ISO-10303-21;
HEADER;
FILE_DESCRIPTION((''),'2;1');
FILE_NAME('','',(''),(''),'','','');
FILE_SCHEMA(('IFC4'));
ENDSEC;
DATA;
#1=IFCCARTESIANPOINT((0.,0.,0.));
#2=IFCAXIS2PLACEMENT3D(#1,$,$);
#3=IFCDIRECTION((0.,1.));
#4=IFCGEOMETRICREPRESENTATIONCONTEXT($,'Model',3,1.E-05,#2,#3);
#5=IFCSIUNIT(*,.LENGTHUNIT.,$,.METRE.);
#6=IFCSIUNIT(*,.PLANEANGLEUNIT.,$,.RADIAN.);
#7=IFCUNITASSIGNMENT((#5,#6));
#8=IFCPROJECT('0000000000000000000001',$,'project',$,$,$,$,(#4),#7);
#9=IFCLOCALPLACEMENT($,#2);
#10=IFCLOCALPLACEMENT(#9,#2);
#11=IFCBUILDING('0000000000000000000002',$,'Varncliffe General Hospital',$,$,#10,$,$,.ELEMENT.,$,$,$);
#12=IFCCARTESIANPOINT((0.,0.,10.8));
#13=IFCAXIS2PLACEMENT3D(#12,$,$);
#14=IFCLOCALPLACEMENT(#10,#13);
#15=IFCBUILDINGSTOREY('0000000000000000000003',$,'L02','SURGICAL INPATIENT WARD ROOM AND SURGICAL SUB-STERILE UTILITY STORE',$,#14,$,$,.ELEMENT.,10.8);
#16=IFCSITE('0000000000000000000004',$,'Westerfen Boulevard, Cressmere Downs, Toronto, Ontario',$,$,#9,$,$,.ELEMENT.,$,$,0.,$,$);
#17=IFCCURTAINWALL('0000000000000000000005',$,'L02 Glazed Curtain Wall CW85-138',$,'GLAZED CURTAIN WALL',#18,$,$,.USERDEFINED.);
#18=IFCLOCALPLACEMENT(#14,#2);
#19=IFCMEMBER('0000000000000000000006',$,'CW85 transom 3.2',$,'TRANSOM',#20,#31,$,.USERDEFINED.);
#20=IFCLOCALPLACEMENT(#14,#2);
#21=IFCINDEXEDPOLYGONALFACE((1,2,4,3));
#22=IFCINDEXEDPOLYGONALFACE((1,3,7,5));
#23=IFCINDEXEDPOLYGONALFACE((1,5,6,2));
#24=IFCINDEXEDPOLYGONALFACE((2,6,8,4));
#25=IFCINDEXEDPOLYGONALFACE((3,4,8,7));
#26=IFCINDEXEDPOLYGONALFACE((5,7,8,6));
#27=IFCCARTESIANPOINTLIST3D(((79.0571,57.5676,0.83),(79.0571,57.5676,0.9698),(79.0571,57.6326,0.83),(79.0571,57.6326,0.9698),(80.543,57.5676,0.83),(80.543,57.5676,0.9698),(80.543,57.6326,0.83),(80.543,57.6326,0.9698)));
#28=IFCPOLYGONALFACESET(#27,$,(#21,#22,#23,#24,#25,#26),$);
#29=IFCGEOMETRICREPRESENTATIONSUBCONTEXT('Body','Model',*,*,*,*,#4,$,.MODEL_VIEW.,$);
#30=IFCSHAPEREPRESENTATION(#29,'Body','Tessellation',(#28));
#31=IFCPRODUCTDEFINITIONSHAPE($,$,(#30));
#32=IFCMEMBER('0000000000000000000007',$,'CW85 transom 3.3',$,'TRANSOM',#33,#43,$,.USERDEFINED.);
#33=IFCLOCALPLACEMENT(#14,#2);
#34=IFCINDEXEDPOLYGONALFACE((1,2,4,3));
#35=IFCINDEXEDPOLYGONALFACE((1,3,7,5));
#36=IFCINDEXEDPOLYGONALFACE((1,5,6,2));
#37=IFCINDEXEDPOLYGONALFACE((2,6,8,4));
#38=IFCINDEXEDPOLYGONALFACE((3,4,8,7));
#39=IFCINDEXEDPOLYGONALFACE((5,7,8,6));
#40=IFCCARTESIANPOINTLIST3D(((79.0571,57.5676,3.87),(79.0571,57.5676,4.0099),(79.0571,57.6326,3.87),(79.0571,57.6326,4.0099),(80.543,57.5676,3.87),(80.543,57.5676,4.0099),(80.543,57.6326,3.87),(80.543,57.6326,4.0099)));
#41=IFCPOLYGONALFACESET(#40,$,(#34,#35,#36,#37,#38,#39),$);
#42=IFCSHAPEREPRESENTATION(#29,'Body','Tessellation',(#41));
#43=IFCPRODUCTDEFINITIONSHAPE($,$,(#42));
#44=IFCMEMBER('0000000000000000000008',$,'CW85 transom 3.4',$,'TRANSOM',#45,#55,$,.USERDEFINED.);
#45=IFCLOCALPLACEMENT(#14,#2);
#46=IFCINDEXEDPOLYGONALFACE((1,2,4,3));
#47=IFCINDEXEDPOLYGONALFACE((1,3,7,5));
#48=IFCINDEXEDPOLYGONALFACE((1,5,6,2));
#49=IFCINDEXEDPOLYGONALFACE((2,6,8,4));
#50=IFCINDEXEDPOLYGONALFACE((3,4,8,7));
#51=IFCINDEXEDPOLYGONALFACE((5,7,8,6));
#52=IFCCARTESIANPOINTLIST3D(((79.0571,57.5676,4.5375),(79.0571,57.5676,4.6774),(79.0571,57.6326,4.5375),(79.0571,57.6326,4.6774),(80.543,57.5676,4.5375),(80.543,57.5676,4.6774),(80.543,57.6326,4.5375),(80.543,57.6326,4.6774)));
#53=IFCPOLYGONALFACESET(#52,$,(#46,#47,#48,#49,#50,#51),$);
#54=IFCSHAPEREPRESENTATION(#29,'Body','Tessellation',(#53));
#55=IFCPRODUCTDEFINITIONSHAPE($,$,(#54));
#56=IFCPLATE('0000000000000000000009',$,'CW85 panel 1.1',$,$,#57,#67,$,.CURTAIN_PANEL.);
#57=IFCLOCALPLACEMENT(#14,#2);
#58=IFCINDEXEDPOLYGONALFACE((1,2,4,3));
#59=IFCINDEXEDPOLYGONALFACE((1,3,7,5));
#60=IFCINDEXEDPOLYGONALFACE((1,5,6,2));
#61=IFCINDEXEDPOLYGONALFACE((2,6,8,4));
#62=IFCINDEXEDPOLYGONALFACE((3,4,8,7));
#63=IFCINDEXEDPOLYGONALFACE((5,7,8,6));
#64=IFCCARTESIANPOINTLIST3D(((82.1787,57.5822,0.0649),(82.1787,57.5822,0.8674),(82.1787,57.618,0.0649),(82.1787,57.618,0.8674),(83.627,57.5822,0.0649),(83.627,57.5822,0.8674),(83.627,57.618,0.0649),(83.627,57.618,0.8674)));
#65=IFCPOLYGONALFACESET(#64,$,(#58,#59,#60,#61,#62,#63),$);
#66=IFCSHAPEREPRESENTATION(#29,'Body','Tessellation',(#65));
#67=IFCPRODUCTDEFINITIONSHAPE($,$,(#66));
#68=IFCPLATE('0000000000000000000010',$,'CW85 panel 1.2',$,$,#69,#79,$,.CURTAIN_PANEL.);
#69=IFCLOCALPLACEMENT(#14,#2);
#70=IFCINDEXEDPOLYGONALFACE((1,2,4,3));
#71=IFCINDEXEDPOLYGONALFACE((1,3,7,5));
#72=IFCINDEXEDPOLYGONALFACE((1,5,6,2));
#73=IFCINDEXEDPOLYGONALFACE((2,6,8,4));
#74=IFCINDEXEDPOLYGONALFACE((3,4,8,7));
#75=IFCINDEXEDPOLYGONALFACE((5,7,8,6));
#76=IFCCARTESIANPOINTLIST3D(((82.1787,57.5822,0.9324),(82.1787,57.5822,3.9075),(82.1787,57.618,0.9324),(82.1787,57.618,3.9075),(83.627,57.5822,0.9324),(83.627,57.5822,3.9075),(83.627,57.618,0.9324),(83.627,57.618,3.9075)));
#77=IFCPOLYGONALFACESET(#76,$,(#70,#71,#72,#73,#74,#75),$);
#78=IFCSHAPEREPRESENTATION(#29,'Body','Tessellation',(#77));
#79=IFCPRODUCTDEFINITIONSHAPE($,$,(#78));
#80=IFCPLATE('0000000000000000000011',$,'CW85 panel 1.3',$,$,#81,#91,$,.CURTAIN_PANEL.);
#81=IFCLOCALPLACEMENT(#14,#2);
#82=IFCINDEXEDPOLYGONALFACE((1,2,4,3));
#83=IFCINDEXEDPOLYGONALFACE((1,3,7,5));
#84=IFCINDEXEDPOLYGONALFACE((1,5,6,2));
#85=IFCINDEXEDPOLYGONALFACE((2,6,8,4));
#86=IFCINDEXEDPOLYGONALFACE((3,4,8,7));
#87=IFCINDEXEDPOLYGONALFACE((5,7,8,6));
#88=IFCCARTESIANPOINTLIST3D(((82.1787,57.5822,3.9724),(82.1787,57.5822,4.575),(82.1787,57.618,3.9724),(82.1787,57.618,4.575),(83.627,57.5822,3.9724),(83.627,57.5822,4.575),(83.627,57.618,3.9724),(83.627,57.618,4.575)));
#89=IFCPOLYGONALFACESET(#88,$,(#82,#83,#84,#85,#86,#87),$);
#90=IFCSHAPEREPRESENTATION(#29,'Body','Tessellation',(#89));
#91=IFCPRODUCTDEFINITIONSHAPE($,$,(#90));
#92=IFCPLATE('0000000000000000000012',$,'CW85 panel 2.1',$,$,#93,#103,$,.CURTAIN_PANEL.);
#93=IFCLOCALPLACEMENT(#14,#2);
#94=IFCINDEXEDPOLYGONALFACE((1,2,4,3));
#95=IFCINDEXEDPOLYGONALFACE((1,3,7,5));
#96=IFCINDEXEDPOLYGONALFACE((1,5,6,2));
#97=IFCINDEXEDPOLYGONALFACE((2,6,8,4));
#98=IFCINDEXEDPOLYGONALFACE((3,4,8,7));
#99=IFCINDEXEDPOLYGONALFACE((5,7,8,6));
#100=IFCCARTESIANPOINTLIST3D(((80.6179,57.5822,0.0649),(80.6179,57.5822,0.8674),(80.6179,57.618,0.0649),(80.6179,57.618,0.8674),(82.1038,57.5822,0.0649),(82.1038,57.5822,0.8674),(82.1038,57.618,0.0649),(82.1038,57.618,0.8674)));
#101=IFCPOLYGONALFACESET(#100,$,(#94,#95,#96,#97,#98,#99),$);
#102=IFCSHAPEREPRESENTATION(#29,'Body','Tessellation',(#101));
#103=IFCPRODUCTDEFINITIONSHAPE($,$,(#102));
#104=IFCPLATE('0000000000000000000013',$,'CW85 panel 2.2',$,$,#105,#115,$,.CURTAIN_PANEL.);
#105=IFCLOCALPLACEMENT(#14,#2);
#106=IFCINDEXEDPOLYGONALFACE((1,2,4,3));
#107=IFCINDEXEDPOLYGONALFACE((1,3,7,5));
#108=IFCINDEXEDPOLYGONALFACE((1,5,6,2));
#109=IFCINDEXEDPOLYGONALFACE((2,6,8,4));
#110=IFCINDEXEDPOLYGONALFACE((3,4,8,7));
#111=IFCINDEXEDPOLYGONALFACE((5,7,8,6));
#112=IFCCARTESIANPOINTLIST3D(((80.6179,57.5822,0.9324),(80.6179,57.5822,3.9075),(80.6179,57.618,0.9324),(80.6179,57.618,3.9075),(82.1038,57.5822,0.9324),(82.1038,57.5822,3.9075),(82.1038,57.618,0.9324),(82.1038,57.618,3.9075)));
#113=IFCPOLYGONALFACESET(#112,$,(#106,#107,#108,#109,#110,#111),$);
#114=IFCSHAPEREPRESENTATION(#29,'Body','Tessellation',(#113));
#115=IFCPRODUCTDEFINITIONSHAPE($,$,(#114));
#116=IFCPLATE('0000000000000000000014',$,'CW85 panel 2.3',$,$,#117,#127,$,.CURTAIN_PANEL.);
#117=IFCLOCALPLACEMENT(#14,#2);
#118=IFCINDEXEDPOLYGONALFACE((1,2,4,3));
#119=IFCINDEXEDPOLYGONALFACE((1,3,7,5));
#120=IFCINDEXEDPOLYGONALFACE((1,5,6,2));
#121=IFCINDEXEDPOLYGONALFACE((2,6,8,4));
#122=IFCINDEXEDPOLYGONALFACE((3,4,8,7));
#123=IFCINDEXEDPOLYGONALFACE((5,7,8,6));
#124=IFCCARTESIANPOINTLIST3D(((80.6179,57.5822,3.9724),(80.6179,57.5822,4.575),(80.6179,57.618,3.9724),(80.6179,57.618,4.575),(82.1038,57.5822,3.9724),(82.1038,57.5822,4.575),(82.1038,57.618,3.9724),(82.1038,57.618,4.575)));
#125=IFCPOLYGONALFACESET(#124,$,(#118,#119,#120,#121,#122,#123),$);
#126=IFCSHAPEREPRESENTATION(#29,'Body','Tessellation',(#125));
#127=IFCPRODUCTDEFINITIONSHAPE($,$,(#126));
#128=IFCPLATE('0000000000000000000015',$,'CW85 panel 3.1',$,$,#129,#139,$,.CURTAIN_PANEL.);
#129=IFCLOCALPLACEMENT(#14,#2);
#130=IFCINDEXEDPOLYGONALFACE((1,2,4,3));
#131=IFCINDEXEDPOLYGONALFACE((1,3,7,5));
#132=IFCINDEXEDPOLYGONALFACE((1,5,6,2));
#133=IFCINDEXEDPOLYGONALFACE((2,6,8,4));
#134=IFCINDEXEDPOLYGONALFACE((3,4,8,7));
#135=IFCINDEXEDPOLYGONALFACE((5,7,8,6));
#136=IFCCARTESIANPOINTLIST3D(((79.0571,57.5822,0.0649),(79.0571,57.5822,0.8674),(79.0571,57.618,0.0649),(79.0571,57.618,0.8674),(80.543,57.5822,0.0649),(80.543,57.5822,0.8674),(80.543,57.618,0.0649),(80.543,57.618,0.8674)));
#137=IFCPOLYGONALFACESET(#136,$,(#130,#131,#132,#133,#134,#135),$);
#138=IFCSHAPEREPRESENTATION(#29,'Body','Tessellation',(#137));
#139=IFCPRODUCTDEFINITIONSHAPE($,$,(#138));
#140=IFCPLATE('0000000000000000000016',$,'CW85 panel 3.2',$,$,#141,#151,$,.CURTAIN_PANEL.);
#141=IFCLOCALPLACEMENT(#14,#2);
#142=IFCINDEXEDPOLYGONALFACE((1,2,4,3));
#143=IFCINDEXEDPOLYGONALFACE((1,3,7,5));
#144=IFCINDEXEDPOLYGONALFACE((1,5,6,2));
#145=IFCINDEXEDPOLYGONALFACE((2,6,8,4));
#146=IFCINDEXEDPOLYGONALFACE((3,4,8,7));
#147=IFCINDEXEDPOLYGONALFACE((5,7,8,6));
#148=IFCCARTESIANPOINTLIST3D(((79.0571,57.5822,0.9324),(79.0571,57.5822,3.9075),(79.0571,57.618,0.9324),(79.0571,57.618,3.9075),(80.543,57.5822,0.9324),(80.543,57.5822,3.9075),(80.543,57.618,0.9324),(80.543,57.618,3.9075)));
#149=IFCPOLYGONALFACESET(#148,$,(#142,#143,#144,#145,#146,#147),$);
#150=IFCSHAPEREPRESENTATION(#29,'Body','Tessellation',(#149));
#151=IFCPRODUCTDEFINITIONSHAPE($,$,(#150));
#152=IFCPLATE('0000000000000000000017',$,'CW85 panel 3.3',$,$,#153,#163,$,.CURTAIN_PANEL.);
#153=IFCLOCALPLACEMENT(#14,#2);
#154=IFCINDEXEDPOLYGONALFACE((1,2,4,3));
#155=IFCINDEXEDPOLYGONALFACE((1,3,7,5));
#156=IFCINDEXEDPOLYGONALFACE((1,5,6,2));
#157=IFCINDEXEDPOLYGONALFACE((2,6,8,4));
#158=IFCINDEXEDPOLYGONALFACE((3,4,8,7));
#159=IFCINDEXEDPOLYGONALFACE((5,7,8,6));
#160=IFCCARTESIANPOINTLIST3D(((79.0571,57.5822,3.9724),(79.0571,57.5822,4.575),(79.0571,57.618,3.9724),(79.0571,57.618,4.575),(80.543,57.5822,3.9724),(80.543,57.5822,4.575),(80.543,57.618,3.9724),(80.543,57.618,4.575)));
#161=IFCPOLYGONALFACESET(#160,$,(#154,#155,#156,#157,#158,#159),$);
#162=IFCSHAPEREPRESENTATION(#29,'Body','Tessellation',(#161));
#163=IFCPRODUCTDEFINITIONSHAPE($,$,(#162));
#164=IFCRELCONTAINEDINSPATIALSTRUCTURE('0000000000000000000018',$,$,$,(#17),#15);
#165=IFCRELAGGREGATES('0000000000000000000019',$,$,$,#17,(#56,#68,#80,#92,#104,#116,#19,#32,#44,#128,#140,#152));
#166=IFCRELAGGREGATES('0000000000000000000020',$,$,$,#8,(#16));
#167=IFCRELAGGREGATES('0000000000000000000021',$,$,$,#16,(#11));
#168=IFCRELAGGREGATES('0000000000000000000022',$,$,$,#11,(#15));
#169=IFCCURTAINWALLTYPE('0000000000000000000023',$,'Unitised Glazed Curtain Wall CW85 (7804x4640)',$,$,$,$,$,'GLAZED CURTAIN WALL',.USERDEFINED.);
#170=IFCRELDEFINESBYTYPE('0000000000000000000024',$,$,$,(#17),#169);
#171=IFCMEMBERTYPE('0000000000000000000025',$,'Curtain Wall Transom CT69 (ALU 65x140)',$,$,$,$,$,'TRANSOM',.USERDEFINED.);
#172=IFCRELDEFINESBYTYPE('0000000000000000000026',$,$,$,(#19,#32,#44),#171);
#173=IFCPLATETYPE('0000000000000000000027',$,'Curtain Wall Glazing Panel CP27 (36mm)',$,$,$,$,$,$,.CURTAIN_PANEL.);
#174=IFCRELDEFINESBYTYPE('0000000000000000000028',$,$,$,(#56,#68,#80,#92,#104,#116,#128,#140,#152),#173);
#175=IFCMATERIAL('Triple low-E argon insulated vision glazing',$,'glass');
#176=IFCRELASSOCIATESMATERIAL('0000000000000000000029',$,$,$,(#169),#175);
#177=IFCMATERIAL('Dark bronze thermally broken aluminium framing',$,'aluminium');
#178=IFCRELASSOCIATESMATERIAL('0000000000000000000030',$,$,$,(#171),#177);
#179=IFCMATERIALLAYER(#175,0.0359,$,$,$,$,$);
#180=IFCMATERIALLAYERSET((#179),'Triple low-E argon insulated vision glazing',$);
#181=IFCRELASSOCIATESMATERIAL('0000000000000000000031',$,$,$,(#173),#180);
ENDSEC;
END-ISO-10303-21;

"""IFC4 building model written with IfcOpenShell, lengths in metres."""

from ifc_helpers import new_model, si_unit, direction, frame, origin, origin_2d, place, context, subcontext, project, spatial, rectangle, extrude, material, layer, layer_set, material_profile, profile_set, type_object, element, aggregate, save


model = new_model("IFC4")

# Units and contexts
model_context = context("Model", 3, precision=1e-05, world=origin(), true_north=direction((0.0, 1.0)))
body_context = subcontext(model_context, "Body", "Model", "MODEL_VIEW")
ifc_project = project(units=[si_unit("LENGTHUNIT", "METRE"), si_unit("PLANEANGLEUNIT", "RADIAN")], contexts=[model_context])

# Site, building, storey
site_placement = place(None, origin())
site = spatial("IfcSite", under=ifc_project, at=site_placement, Name="Westerfen Boulevard, Cressmere Downs, Toronto, Ontario", CompositionType="ELEMENT", RefElevation=0.0)
building_placement = place(site_placement, origin())
building = spatial("IfcBuilding", under=site, at=building_placement, Name="Varncliffe General Hospital", CompositionType="ELEMENT")
storey_placement = place(building_placement, frame((0.0, 0.0, 10.8)))
storey = spatial("IfcBuildingStorey", under=building, at=storey_placement, Name="L02", Description="SURGICAL INPATIENT WARD ROOM AND SURGICAL SUB-STERILE UTILITY STORE", CompositionType="ELEMENT", Elevation=10.8)

# Curtain wall, members, plates
ifc_material_1 = material(Name="Triple low-E argon insulated vision glazing", Category="glass")
curtain_wall_type = type_object("IfcCurtainWallType", Name="Unitised Glazed Curtain Wall CW85 (7804x4640)", ElementType="GLAZED CURTAIN WALL", PredefinedType="USERDEFINED", material=ifc_material_1)
curtain_wall_placement = place(storey_placement, origin())
curtain_wall = element("IfcCurtainWall", 1, at=curtain_wall_placement, inside=storey, type_object=curtain_wall_type, Name="L02 Glazed Curtain Wall CW85-138", ObjectType="GLAZED CURTAIN WALL", PredefinedType="USERDEFINED")
ifc_material_2 = material(Name="Dark bronze thermally broken aluminium framing", Category="aluminium")
ifc_material_profile_1 = material_profile(ifc_material_2, rectangle(XDim=0.0649, YDim=0.1399, at=origin_2d()), Name="ALU 65x140")
ifc_profile_set_1 = profile_set([ifc_material_profile_1], Name="Dark bronze thermally broken aluminium framing")
member_type_1 = type_object("IfcMemberType", Name="Curtain Wall Transom CT69 (ALU 65x140)", ElementType="TRANSOM", PredefinedType="USERDEFINED", material=ifc_profile_set_1)
member_1_placement = place(storey_placement, frame((80.543, 57.6001, 0.8999), z_axis=(-1.0, 0.0, 0.0), x_axis=(0.0, -1.0, 0.0)))
member_1 = element("IfcMember", 2, at=member_1_placement, type_object=member_type_1, Name="CW85 transom 3.2", ObjectType="TRANSOM", PredefinedType="USERDEFINED", context=body_context, shape_type="SweptSolid", body=[
    extrude(rectangle(XDim=0.0649, YDim=0.1399, at=origin_2d()), origin(), (0.0, 0.0, 1.0), 1.4858),
])
member_2_placement = place(storey_placement, frame((80.543, 57.6001, 3.9399), z_axis=(-1.0, 0.0, 0.0), x_axis=(0.0, -1.0, 0.0)))
member_2 = element("IfcMember", 3, at=member_2_placement, type_object=member_type_1, Name="CW85 transom 3.3", ObjectType="TRANSOM", PredefinedType="USERDEFINED", context=body_context, shape_type="SweptSolid", body=[
    extrude(rectangle(XDim=0.0649, YDim=0.1399, at=origin_2d()), origin(), (0.0, 0.0, 1.0), 1.4858),
])
member_3_placement = place(storey_placement, frame((80.543, 57.6001, 4.6074), z_axis=(-1.0, 0.0, 0.0), x_axis=(0.0, -1.0, 0.0)))
member_3 = element("IfcMember", 4, at=member_3_placement, type_object=member_type_1, Name="CW85 transom 3.4", ObjectType="TRANSOM", PredefinedType="USERDEFINED", context=body_context, shape_type="SweptSolid", body=[
    extrude(rectangle(XDim=0.0649, YDim=0.1399, at=origin_2d()), origin(), (0.0, 0.0, 1.0), 1.4858),
])
ifc_layer = layer(ifc_material_1, 0.0359)
ifc_layer_set = layer_set([ifc_layer], Name="Triple low-E argon insulated vision glazing")
plate_type = type_object("IfcPlateType", Name="Curtain Wall Glazing Panel CP27 (36mm)", PredefinedType="CURTAIN_PANEL", material=ifc_layer_set)
plate_1_placement = place(storey_placement, frame((82.9028, 57.6001, 0.0649), z_axis=(0.0, 0.0, 1.0), x_axis=(-1.0, 0.0, 0.0)))
plate_1 = element("IfcPlate", 5, at=plate_1_placement, type_object=plate_type, Name="CW85 panel 1.1", PredefinedType="CURTAIN_PANEL", context=body_context, shape_type="SweptSolid", body=[
    extrude(rectangle(XDim=1.4482, YDim=0.0359, at=origin_2d()), origin(), (0.0, 0.0, 1.0), 0.8025),
])
plate_2_placement = place(storey_placement, frame((82.9028, 57.6001, 0.9324), z_axis=(0.0, 0.0, 1.0), x_axis=(-1.0, 0.0, 0.0)))
plate_2 = element("IfcPlate", 6, at=plate_2_placement, type_object=plate_type, Name="CW85 panel 1.2", PredefinedType="CURTAIN_PANEL", context=body_context, shape_type="SweptSolid", body=[
    extrude(rectangle(XDim=1.4482, YDim=0.0359, at=origin_2d()), origin(), (0.0, 0.0, 1.0), 2.9751),
])
plate_3_placement = place(storey_placement, frame((82.9028, 57.6001, 3.9724), z_axis=(0.0, 0.0, 1.0), x_axis=(-1.0, 0.0, 0.0)))
plate_3 = element("IfcPlate", 7, at=plate_3_placement, type_object=plate_type, Name="CW85 panel 1.3", PredefinedType="CURTAIN_PANEL", context=body_context, shape_type="SweptSolid", body=[
    extrude(rectangle(XDim=1.4482, YDim=0.0359, at=origin_2d()), origin(), (0.0, 0.0, 1.0), 0.6025),
])
plate_4_placement = place(storey_placement, frame((81.3608, 57.6001, 0.0649), z_axis=(0.0, 0.0, 1.0), x_axis=(-1.0, 0.0, 0.0)))
plate_4 = element("IfcPlate", 8, at=plate_4_placement, type_object=plate_type, Name="CW85 panel 2.1", PredefinedType="CURTAIN_PANEL", context=body_context, shape_type="SweptSolid", body=[
    extrude(rectangle(XDim=1.4858, YDim=0.0359, at=origin_2d()), origin(), (0.0, 0.0, 1.0), 0.8025),
])
plate_5_placement = place(storey_placement, frame((81.3608, 57.6001, 0.9324), z_axis=(0.0, 0.0, 1.0), x_axis=(-1.0, 0.0, 0.0)))
plate_5 = element("IfcPlate", 9, at=plate_5_placement, type_object=plate_type, Name="CW85 panel 2.2", PredefinedType="CURTAIN_PANEL", context=body_context, shape_type="SweptSolid", body=[
    extrude(rectangle(XDim=1.4858, YDim=0.0359, at=origin_2d()), origin(), (0.0, 0.0, 1.0), 2.9751),
])
plate_6_placement = place(storey_placement, frame((81.3608, 57.6001, 3.9724), z_axis=(0.0, 0.0, 1.0), x_axis=(-1.0, 0.0, 0.0)))
plate_6 = element("IfcPlate", 10, at=plate_6_placement, type_object=plate_type, Name="CW85 panel 2.3", PredefinedType="CURTAIN_PANEL", context=body_context, shape_type="SweptSolid", body=[
    extrude(rectangle(XDim=1.4858, YDim=0.0359, at=origin_2d()), origin(), (0.0, 0.0, 1.0), 0.6025),
])
plate_7_placement = place(storey_placement, frame((79.8, 57.6001, 0.0649), z_axis=(0.0, 0.0, 1.0), x_axis=(-1.0, 0.0, 0.0)))
plate_7 = element("IfcPlate", 11, at=plate_7_placement, type_object=plate_type, Name="CW85 panel 3.1", PredefinedType="CURTAIN_PANEL", context=body_context, shape_type="SweptSolid", body=[
    extrude(rectangle(XDim=1.4858, YDim=0.0359, at=origin_2d()), origin(), (0.0, 0.0, 1.0), 0.8025),
])
plate_8_placement = place(storey_placement, frame((79.8, 57.6001, 0.9324), z_axis=(0.0, 0.0, 1.0), x_axis=(-1.0, 0.0, 0.0)))
plate_8 = element("IfcPlate", 12, at=plate_8_placement, type_object=plate_type, Name="CW85 panel 3.2", PredefinedType="CURTAIN_PANEL", context=body_context, shape_type="SweptSolid", body=[
    extrude(rectangle(XDim=1.4858, YDim=0.0359, at=origin_2d()), origin(), (0.0, 0.0, 1.0), 2.9751),
])
plate_9_placement = place(storey_placement, frame((79.8, 57.6001, 3.9724), z_axis=(0.0, 0.0, 1.0), x_axis=(-1.0, 0.0, 0.0)))
plate_9 = element("IfcPlate", 13, at=plate_9_placement, type_object=plate_type, Name="CW85 panel 3.3", PredefinedType="CURTAIN_PANEL", context=body_context, shape_type="SweptSolid", body=[
    extrude(rectangle(XDim=1.4858, YDim=0.0359, at=origin_2d()), origin(), (0.0, 0.0, 1.0), 0.6025),
])
aggregate(curtain_wall, [plate_1, plate_2, plate_3, plate_4, plate_5, plate_6, member_1, member_2, member_3, plate_7, plate_8, plate_9])

save(model, "model.ifc")
